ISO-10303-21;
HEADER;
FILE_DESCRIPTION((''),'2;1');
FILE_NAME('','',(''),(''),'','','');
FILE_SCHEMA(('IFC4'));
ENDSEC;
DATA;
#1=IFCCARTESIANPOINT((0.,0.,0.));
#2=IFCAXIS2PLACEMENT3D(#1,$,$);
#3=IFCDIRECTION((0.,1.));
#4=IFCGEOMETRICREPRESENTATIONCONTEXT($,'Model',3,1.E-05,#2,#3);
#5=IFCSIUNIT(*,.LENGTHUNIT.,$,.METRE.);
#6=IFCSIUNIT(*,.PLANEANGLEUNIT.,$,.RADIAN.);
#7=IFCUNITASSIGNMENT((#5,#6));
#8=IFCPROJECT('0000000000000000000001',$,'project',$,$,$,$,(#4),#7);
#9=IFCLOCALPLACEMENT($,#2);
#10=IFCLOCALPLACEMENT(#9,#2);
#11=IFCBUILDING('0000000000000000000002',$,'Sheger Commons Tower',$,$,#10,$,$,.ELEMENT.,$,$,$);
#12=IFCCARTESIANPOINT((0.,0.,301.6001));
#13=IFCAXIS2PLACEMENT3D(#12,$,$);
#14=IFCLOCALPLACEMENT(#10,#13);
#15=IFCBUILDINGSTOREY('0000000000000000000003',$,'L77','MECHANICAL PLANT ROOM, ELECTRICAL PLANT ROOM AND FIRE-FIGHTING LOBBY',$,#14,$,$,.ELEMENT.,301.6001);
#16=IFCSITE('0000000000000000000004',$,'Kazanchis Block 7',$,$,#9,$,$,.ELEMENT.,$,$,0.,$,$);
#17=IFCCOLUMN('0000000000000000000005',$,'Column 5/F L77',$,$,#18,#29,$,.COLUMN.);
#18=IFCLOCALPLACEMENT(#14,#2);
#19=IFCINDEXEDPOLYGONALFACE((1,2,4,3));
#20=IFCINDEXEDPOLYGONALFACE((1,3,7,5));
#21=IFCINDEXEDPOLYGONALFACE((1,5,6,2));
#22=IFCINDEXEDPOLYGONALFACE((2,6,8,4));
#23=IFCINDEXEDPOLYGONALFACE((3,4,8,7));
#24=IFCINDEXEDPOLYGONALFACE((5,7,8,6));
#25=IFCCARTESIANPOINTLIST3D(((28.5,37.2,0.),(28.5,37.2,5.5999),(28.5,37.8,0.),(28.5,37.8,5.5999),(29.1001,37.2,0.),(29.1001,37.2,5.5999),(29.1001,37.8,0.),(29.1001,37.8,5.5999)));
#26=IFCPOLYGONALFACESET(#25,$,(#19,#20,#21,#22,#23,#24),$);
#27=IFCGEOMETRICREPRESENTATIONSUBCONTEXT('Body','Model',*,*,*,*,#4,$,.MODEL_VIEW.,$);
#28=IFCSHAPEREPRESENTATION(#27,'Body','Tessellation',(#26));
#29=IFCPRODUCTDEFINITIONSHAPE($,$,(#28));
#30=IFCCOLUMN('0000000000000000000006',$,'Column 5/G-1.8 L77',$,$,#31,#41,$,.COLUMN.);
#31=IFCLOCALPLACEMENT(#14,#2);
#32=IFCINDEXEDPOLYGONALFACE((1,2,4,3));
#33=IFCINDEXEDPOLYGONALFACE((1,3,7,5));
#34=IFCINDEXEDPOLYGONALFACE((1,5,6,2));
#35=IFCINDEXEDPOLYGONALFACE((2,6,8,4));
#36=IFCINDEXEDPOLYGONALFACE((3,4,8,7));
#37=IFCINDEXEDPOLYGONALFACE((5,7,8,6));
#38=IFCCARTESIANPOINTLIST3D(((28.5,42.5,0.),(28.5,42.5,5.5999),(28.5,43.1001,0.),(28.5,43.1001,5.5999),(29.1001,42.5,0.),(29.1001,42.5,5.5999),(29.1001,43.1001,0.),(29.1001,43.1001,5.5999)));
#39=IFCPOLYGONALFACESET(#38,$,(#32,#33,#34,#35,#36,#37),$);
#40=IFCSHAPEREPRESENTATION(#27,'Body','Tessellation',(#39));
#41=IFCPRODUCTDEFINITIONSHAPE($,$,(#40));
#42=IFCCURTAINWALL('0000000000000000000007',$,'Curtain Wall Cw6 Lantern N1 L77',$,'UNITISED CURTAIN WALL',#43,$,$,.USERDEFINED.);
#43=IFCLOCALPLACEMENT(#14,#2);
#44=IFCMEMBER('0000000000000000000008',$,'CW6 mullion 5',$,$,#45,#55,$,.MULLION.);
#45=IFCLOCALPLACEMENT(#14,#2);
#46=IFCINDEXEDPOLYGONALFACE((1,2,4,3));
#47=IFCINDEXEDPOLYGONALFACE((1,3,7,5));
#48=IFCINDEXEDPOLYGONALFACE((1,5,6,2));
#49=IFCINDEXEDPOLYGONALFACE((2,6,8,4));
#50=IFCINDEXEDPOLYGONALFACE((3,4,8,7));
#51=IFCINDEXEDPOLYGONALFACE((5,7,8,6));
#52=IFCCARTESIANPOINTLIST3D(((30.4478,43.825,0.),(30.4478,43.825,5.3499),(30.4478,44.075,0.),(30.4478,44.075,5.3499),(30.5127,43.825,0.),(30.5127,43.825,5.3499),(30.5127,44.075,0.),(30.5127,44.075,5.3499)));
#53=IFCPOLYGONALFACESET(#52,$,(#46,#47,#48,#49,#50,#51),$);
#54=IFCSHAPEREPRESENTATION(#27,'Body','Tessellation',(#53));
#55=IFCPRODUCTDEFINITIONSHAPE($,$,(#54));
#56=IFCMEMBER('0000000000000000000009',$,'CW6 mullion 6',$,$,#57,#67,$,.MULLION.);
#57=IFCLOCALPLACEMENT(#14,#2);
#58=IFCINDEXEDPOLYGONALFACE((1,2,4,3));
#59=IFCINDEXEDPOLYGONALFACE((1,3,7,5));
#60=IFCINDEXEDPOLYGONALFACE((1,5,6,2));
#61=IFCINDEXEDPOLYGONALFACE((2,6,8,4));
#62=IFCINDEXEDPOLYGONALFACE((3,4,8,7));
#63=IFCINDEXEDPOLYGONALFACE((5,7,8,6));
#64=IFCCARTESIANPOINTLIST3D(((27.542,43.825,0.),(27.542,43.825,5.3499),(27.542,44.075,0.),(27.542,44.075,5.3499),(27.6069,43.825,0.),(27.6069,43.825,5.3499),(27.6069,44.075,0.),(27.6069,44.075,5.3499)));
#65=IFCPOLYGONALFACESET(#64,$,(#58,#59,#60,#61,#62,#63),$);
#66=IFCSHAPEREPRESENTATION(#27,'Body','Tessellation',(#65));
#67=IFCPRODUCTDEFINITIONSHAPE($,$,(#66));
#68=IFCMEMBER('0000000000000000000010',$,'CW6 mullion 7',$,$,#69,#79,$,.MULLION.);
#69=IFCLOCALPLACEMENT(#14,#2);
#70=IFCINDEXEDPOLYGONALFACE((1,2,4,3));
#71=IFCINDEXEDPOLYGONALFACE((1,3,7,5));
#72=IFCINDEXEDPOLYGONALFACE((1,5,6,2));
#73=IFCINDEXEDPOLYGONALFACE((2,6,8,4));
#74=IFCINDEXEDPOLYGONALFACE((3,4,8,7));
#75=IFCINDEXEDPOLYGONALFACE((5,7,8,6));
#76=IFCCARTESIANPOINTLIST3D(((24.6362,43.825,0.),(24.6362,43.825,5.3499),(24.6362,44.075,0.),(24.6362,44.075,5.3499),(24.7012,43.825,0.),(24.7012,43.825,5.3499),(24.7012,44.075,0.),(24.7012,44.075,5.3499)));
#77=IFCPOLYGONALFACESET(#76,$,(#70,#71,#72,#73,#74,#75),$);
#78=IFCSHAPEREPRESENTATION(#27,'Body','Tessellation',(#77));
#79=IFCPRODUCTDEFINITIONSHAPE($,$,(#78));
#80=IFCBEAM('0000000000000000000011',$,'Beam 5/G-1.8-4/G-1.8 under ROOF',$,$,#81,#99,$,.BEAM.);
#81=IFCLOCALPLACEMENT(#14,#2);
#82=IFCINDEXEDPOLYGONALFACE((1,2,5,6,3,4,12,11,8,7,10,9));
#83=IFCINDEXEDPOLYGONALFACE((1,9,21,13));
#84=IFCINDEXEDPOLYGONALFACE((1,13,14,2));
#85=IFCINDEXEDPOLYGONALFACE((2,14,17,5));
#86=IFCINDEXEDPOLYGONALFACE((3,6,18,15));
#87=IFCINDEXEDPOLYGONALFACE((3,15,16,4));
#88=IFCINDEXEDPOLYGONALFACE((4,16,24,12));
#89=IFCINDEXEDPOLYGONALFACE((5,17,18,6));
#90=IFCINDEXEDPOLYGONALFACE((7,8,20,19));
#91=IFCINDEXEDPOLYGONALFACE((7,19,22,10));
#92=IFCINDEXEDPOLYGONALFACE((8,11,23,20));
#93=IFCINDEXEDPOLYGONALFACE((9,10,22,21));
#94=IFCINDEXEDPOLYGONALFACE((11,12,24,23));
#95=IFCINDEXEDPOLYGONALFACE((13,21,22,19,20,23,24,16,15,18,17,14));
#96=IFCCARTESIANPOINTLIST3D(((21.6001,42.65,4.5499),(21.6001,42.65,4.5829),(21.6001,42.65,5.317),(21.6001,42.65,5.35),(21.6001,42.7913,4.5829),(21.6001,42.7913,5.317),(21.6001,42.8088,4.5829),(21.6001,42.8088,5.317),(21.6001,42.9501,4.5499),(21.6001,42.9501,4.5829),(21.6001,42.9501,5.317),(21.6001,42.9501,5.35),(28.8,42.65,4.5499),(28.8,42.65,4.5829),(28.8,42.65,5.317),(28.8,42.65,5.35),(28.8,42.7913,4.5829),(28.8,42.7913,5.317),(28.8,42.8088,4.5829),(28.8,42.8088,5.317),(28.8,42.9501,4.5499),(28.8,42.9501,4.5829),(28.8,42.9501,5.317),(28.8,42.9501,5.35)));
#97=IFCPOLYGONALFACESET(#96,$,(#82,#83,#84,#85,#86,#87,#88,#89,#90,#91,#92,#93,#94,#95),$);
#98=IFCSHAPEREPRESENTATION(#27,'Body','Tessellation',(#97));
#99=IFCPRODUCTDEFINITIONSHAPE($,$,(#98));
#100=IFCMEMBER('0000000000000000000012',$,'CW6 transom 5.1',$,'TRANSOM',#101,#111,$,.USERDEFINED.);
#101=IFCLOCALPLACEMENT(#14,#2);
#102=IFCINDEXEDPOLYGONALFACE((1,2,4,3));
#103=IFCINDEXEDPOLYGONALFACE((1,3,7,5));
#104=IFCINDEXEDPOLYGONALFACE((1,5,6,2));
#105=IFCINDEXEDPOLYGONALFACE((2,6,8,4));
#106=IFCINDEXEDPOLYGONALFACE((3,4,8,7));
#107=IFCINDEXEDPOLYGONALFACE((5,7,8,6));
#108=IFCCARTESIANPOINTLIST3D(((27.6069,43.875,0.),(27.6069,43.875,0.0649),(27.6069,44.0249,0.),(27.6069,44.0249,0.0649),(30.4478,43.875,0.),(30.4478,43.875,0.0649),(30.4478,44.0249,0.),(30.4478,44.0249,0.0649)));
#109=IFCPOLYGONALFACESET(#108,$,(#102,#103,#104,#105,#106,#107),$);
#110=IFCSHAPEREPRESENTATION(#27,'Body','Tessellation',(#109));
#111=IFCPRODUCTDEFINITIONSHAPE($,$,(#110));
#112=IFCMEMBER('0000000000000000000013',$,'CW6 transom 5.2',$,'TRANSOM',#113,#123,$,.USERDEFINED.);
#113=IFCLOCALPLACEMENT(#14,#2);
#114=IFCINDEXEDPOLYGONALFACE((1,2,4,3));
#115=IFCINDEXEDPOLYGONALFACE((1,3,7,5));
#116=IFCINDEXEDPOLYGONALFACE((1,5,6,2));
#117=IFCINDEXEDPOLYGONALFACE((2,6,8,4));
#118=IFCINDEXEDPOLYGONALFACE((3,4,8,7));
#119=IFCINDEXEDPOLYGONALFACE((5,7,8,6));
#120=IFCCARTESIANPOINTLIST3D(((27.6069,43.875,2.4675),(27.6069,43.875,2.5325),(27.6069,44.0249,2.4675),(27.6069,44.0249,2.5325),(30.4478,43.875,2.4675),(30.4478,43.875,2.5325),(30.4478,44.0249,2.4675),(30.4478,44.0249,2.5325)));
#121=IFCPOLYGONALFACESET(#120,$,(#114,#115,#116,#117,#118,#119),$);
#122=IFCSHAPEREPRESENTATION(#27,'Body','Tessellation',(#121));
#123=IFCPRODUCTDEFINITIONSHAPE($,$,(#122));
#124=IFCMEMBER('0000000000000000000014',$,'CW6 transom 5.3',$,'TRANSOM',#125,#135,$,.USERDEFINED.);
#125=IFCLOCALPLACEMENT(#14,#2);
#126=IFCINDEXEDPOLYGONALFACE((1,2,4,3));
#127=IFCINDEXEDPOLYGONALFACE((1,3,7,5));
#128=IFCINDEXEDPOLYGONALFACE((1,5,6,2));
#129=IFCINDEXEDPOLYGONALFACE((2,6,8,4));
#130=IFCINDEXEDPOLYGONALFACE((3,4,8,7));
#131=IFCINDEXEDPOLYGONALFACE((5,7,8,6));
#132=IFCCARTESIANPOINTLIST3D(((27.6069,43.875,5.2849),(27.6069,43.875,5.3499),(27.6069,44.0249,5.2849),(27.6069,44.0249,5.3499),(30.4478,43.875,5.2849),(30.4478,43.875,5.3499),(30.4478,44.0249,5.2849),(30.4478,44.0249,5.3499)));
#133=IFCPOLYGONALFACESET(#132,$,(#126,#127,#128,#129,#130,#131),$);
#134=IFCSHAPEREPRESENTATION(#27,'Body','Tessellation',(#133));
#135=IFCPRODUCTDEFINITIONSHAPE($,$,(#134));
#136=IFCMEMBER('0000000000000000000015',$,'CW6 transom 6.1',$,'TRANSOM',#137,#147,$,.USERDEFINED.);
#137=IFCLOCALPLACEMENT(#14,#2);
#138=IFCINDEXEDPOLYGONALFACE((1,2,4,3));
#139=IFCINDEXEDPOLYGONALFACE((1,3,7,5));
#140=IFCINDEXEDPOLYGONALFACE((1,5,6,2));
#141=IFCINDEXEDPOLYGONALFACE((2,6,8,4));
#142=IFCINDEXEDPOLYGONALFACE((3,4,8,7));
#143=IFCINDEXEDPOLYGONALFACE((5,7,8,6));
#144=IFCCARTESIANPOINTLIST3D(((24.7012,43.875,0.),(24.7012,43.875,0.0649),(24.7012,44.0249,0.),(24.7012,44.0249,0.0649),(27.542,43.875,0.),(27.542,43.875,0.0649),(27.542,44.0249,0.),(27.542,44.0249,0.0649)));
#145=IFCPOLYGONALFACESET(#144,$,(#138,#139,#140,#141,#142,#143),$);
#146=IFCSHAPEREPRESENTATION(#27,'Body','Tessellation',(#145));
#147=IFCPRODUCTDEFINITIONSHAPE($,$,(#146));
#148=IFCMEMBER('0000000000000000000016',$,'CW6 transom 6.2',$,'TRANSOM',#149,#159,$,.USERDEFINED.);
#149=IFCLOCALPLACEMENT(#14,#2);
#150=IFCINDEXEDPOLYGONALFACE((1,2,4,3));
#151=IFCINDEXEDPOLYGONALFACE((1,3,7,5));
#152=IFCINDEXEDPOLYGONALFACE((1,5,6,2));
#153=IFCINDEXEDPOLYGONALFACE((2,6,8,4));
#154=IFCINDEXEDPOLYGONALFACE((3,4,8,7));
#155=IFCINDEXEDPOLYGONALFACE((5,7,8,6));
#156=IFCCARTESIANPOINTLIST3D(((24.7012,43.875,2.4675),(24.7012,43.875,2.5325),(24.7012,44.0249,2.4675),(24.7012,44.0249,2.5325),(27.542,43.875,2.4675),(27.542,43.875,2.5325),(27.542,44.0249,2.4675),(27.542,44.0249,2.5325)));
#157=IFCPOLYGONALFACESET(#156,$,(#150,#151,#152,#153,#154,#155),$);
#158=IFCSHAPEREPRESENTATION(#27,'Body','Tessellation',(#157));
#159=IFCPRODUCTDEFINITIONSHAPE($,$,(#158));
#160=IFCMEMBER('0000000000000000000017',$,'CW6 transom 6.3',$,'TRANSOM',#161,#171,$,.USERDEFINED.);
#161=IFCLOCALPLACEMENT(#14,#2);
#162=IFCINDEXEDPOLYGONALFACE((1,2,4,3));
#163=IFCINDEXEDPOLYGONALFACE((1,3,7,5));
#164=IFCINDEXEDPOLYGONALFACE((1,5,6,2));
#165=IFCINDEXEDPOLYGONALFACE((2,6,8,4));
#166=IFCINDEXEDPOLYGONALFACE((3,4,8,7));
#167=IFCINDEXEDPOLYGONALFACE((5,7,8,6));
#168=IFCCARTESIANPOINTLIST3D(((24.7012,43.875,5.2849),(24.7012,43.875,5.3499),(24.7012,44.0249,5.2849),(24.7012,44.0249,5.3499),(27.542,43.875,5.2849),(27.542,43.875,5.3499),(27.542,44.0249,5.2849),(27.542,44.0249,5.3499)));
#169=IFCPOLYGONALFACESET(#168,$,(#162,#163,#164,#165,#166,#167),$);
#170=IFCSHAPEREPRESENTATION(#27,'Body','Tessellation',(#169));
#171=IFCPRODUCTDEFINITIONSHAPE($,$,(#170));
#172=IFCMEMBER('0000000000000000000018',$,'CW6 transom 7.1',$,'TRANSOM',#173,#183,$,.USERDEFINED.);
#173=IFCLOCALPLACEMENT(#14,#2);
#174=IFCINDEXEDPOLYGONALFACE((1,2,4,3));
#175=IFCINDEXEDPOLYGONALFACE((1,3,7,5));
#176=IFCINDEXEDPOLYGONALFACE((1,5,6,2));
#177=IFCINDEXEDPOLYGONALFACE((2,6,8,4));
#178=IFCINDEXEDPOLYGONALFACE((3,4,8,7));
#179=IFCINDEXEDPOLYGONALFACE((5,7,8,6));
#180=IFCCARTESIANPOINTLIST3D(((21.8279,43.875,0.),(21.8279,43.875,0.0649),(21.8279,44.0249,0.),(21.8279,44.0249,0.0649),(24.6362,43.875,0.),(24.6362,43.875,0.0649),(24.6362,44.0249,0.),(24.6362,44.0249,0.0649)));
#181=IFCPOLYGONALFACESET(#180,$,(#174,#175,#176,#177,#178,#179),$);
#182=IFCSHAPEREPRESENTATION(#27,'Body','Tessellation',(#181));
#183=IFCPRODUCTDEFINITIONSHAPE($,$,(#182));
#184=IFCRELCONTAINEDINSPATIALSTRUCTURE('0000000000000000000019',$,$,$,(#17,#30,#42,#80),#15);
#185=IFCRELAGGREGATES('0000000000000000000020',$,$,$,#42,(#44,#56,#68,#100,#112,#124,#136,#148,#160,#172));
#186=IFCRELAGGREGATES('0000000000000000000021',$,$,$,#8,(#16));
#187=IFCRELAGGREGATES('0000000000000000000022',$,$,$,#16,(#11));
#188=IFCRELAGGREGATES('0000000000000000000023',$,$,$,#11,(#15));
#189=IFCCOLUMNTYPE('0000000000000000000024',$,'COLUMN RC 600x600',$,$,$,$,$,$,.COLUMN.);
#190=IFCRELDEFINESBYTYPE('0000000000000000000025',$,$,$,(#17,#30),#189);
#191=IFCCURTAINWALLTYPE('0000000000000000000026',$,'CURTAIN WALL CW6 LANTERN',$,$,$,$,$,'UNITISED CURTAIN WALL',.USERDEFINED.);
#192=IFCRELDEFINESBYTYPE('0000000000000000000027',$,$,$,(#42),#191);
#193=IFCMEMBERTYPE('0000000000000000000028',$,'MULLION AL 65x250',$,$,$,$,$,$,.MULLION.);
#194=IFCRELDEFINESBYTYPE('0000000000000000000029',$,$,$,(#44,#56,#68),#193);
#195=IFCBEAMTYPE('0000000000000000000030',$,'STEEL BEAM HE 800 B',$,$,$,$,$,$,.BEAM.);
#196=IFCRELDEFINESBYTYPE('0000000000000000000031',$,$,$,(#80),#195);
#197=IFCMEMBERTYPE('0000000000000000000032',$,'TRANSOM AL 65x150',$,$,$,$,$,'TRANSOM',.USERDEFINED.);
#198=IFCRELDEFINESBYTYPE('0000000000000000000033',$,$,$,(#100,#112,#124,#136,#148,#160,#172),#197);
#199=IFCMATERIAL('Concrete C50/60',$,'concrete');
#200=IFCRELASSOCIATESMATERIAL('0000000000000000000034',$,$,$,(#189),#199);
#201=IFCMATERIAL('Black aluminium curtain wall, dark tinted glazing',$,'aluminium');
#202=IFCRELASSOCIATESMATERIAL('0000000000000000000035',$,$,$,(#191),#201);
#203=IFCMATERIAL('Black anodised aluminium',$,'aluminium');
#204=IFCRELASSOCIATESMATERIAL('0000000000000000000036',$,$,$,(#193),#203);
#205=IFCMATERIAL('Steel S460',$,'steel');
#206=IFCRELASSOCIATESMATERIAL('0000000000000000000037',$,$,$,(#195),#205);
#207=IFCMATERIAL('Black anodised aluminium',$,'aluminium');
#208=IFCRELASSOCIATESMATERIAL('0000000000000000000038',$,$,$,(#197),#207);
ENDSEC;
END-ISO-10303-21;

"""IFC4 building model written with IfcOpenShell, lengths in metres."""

from ifc_helpers import new_model, si_unit, direction, frame, origin, origin_2d, place, context, subcontext, project, spatial, rectangle, i_section, extrude, material, material_profile, profile_set, type_object, element, aggregate, save


model = new_model("IFC4")

# Units and contexts
model_context = context("Model", 3, precision=1e-05, world=origin(), true_north=direction((0.0, 1.0)))
body_context = subcontext(model_context, "Body", "Model", "MODEL_VIEW")
ifc_project = project(units=[si_unit("LENGTHUNIT", "METRE"), si_unit("PLANEANGLEUNIT", "RADIAN")], contexts=[model_context])

# Site, building, storey
site_placement = place(None, origin())
site = spatial("IfcSite", under=ifc_project, at=site_placement, Name="Kazanchis Block 7", CompositionType="ELEMENT", RefElevation=0.0)
building_placement = place(site_placement, origin())
building = spatial("IfcBuilding", under=site, at=building_placement, Name="Sheger Commons Tower", CompositionType="ELEMENT")
storey_placement = place(building_placement, frame((0.0, 0.0, 301.6001)))
storey = spatial("IfcBuildingStorey", under=building, at=storey_placement, Name="L77", Description="MECHANICAL PLANT ROOM, ELECTRICAL PLANT ROOM AND FIRE-FIGHTING LOBBY", CompositionType="ELEMENT", Elevation=301.6001)

# Columns
ifc_material_1 = material(Name="Concrete C50/60", Category="concrete")
ifc_material_profile_1 = material_profile(ifc_material_1, rectangle(XDim=0.6001, YDim=0.6001, at=origin_2d()), Name="RC 600x600")
ifc_profile_set_1 = profile_set([ifc_material_profile_1], Name="Concrete C50/60")
column_type = type_object("IfcColumnType", Name="COLUMN RC 600x600", PredefinedType="COLUMN", material=ifc_profile_set_1)
for number, where, z_axis, x_axis, name in (
    (1, (28.8, 37.5, 0.0), (0.0, 0.0, 1.0), (1.0, 0.0, 0.0), "Column 5/F L77"),
    (2, (28.8, 42.8, 0.0), (0.0, 0.0, 1.0), (1.0, 0.0, 0.0), "Column 5/G-1.8 L77"),
):
    element("IfcColumn", number, at=place(storey_placement, frame(where, z_axis=z_axis, x_axis=x_axis)), inside=storey, type_object=column_type, Name=name, PredefinedType="COLUMN", context=body_context, shape_type="SweptSolid", body=[
        extrude(rectangle(XDim=0.6001, YDim=0.6001, at=origin_2d()), origin(), (0.0, 0.0, 1.0), 5.5999),
    ])

# Curtain wall, members
ifc_material_2 = material(Name="Black aluminium curtain wall, dark tinted glazing", Category="aluminium")
curtain_wall_type = type_object("IfcCurtainWallType", Name="CURTAIN WALL CW6 LANTERN", ElementType="UNITISED CURTAIN WALL", PredefinedType="USERDEFINED", material=ifc_material_2)
curtain_wall_placement = place(storey_placement, origin())
curtain_wall = element("IfcCurtainWall", 3, at=curtain_wall_placement, inside=storey, type_object=curtain_wall_type, Name="Curtain Wall Cw6 Lantern N1 L77", ObjectType="UNITISED CURTAIN WALL", PredefinedType="USERDEFINED")
ifc_material_3 = material(Name="Black anodised aluminium", Category="aluminium")
ifc_material_profile_2 = material_profile(ifc_material_3, rectangle(XDim=0.25, YDim=0.0649, at=origin_2d()), Name="AL 65x250")
ifc_profile_set_2 = profile_set([ifc_material_profile_2], Name="Black anodised aluminium")
member_type_1 = type_object("IfcMemberType", Name="MULLION AL 65x250", PredefinedType="MULLION", material=ifc_profile_set_2)
member_1_placement = place(storey_placement, frame((30.4802, 43.95, 0.0), z_axis=(0.0, 0.0, 1.0), x_axis=(0.0, -1.0, 0.0)))
member_1 = element("IfcMember", 4, at=member_1_placement, type_object=member_type_1, Name="CW6 mullion 5", PredefinedType="MULLION", context=body_context, shape_type="SweptSolid", body=[
    extrude(rectangle(XDim=0.25, YDim=0.0649, at=origin_2d()), origin(), (0.0, 0.0, 1.0), 5.3499),
])
member_2_placement = place(storey_placement, frame((27.5745, 43.95, 0.0), z_axis=(0.0, 0.0, 1.0), x_axis=(0.0, -1.0, 0.0)))
member_2 = element("IfcMember", 5, at=member_2_placement, type_object=member_type_1, Name="CW6 mullion 6", PredefinedType="MULLION", context=body_context, shape_type="SweptSolid", body=[
    extrude(rectangle(XDim=0.25, YDim=0.0649, at=origin_2d()), origin(), (0.0, 0.0, 1.0), 5.3499),
])
member_3_placement = place(storey_placement, frame((24.6687, 43.95, 0.0), z_axis=(0.0, 0.0, 1.0), x_axis=(0.0, -1.0, 0.0)))
member_3 = element("IfcMember", 6, at=member_3_placement, type_object=member_type_1, Name="CW6 mullion 7", PredefinedType="MULLION", context=body_context, shape_type="SweptSolid", body=[
    extrude(rectangle(XDim=0.25, YDim=0.0649, at=origin_2d()), origin(), (0.0, 0.0, 1.0), 5.3499),
])

# Beam
ifc_material_4 = material(Name="Steel S460", Category="steel")
ifc_material_profile_3 = material_profile(ifc_material_4, i_section(OverallWidth=0.3, OverallDepth=0.8, WebThickness=0.0176, FlangeThickness=0.033, at=origin_2d()), Name="HE 800 B")
ifc_profile_set_3 = profile_set([ifc_material_profile_3], Name="Steel S460")
beam_type = type_object("IfcBeamType", Name="STEEL BEAM HE 800 B", PredefinedType="BEAM", material=ifc_profile_set_3)
beam_placement = place(storey_placement, frame((28.8, 42.8, 4.95), z_axis=(-1.0, 0.0, 0.0), x_axis=(0.0, -1.0, 0.0)))
element("IfcBeam", 7, at=beam_placement, inside=storey, type_object=beam_type, Name="Beam 5/G-1.8-4/G-1.8 under ROOF", PredefinedType="BEAM", context=body_context, shape_type="SweptSolid", body=[
    extrude(i_section(OverallWidth=0.3, OverallDepth=0.8, WebThickness=0.0176, FlangeThickness=0.033, at=origin_2d()), origin(), (0.0, 0.0, 1.0), 7.2),
])

# Members
ifc_material_5 = material(Name="Black anodised aluminium", Category="aluminium")
ifc_material_profile_4 = material_profile(ifc_material_5, rectangle(XDim=0.1499, YDim=0.0649, at=origin_2d()), Name="AL 65x150")
ifc_profile_set_4 = profile_set([ifc_material_profile_4], Name="Black anodised aluminium")
member_type_2 = type_object("IfcMemberType", Name="TRANSOM AL 65x150", ElementType="TRANSOM", PredefinedType="USERDEFINED", material=ifc_profile_set_4)
member_4_placement = place(storey_placement, frame((30.4478, 43.95, 0.0325), z_axis=(-1.0, 0.0, 0.0), x_axis=(0.0, -1.0, 0.0)))
member_4 = element("IfcMember", 8, at=member_4_placement, type_object=member_type_2, Name="CW6 transom 5.1", ObjectType="TRANSOM", PredefinedType="USERDEFINED", context=body_context, shape_type="SweptSolid", body=[
    extrude(rectangle(XDim=0.1499, YDim=0.0649, at=origin_2d()), origin(), (0.0, 0.0, 1.0), 2.8408),
])
member_5_placement = place(storey_placement, frame((30.4478, 43.95, 2.5), z_axis=(-1.0, 0.0, 0.0), x_axis=(0.0, -1.0, 0.0)))
member_5 = element("IfcMember", 9, at=member_5_placement, type_object=member_type_2, Name="CW6 transom 5.2", ObjectType="TRANSOM", PredefinedType="USERDEFINED", context=body_context, shape_type="SweptSolid", body=[
    extrude(rectangle(XDim=0.1499, YDim=0.0649, at=origin_2d()), origin(), (0.0, 0.0, 1.0), 2.8408),
])
member_6_placement = place(storey_placement, frame((30.4478, 43.95, 5.3174), z_axis=(-1.0, 0.0, 0.0), x_axis=(0.0, -1.0, 0.0)))
member_6 = element("IfcMember", 10, at=member_6_placement, type_object=member_type_2, Name="CW6 transom 5.3", ObjectType="TRANSOM", PredefinedType="USERDEFINED", context=body_context, shape_type="SweptSolid", body=[
    extrude(rectangle(XDim=0.1499, YDim=0.0649, at=origin_2d()), origin(), (0.0, 0.0, 1.0), 2.8408),
])
member_7_placement = place(storey_placement, frame((27.542, 43.95, 0.0325), z_axis=(-1.0, 0.0, 0.0), x_axis=(0.0, -1.0, 0.0)))
member_7 = element("IfcMember", 11, at=member_7_placement, type_object=member_type_2, Name="CW6 transom 6.1", ObjectType="TRANSOM", PredefinedType="USERDEFINED", context=body_context, shape_type="SweptSolid", body=[
    extrude(rectangle(XDim=0.1499, YDim=0.0649, at=origin_2d()), origin(), (0.0, 0.0, 1.0), 2.8408),
])
member_8_placement = place(storey_placement, frame((27.542, 43.95, 2.5), z_axis=(-1.0, 0.0, 0.0), x_axis=(0.0, -1.0, 0.0)))
member_8 = element("IfcMember", 12, at=member_8_placement, type_object=member_type_2, Name="CW6 transom 6.2", ObjectType="TRANSOM", PredefinedType="USERDEFINED", context=body_context, shape_type="SweptSolid", body=[
    extrude(rectangle(XDim=0.1499, YDim=0.0649, at=origin_2d()), origin(), (0.0, 0.0, 1.0), 2.8408),
])
member_9_placement = place(storey_placement, frame((27.542, 43.95, 5.3174), z_axis=(-1.0, 0.0, 0.0), x_axis=(0.0, -1.0, 0.0)))
member_9 = element("IfcMember", 13, at=member_9_placement, type_object=member_type_2, Name="CW6 transom 6.3", ObjectType="TRANSOM", PredefinedType="USERDEFINED", context=body_context, shape_type="SweptSolid", body=[
    extrude(rectangle(XDim=0.1499, YDim=0.0649, at=origin_2d()), origin(), (0.0, 0.0, 1.0), 2.8408),
])
member_10_placement = place(storey_placement, frame((24.6362, 43.95, 0.0325), z_axis=(-1.0, 0.0, 0.0), x_axis=(0.0, -1.0, 0.0)))
member_10 = element("IfcMember", 14, at=member_10_placement, type_object=member_type_2, Name="CW6 transom 7.1", ObjectType="TRANSOM", PredefinedType="USERDEFINED", context=body_context, shape_type="SweptSolid", body=[
    extrude(rectangle(XDim=0.1499, YDim=0.0649, at=origin_2d()), origin(), (0.0, 0.0, 1.0), 2.8083),
])

aggregate(curtain_wall, [member_1, member_2, member_3, member_4, member_5, member_6, member_7, member_8, member_9, member_10])

save(model, "model.ifc")
